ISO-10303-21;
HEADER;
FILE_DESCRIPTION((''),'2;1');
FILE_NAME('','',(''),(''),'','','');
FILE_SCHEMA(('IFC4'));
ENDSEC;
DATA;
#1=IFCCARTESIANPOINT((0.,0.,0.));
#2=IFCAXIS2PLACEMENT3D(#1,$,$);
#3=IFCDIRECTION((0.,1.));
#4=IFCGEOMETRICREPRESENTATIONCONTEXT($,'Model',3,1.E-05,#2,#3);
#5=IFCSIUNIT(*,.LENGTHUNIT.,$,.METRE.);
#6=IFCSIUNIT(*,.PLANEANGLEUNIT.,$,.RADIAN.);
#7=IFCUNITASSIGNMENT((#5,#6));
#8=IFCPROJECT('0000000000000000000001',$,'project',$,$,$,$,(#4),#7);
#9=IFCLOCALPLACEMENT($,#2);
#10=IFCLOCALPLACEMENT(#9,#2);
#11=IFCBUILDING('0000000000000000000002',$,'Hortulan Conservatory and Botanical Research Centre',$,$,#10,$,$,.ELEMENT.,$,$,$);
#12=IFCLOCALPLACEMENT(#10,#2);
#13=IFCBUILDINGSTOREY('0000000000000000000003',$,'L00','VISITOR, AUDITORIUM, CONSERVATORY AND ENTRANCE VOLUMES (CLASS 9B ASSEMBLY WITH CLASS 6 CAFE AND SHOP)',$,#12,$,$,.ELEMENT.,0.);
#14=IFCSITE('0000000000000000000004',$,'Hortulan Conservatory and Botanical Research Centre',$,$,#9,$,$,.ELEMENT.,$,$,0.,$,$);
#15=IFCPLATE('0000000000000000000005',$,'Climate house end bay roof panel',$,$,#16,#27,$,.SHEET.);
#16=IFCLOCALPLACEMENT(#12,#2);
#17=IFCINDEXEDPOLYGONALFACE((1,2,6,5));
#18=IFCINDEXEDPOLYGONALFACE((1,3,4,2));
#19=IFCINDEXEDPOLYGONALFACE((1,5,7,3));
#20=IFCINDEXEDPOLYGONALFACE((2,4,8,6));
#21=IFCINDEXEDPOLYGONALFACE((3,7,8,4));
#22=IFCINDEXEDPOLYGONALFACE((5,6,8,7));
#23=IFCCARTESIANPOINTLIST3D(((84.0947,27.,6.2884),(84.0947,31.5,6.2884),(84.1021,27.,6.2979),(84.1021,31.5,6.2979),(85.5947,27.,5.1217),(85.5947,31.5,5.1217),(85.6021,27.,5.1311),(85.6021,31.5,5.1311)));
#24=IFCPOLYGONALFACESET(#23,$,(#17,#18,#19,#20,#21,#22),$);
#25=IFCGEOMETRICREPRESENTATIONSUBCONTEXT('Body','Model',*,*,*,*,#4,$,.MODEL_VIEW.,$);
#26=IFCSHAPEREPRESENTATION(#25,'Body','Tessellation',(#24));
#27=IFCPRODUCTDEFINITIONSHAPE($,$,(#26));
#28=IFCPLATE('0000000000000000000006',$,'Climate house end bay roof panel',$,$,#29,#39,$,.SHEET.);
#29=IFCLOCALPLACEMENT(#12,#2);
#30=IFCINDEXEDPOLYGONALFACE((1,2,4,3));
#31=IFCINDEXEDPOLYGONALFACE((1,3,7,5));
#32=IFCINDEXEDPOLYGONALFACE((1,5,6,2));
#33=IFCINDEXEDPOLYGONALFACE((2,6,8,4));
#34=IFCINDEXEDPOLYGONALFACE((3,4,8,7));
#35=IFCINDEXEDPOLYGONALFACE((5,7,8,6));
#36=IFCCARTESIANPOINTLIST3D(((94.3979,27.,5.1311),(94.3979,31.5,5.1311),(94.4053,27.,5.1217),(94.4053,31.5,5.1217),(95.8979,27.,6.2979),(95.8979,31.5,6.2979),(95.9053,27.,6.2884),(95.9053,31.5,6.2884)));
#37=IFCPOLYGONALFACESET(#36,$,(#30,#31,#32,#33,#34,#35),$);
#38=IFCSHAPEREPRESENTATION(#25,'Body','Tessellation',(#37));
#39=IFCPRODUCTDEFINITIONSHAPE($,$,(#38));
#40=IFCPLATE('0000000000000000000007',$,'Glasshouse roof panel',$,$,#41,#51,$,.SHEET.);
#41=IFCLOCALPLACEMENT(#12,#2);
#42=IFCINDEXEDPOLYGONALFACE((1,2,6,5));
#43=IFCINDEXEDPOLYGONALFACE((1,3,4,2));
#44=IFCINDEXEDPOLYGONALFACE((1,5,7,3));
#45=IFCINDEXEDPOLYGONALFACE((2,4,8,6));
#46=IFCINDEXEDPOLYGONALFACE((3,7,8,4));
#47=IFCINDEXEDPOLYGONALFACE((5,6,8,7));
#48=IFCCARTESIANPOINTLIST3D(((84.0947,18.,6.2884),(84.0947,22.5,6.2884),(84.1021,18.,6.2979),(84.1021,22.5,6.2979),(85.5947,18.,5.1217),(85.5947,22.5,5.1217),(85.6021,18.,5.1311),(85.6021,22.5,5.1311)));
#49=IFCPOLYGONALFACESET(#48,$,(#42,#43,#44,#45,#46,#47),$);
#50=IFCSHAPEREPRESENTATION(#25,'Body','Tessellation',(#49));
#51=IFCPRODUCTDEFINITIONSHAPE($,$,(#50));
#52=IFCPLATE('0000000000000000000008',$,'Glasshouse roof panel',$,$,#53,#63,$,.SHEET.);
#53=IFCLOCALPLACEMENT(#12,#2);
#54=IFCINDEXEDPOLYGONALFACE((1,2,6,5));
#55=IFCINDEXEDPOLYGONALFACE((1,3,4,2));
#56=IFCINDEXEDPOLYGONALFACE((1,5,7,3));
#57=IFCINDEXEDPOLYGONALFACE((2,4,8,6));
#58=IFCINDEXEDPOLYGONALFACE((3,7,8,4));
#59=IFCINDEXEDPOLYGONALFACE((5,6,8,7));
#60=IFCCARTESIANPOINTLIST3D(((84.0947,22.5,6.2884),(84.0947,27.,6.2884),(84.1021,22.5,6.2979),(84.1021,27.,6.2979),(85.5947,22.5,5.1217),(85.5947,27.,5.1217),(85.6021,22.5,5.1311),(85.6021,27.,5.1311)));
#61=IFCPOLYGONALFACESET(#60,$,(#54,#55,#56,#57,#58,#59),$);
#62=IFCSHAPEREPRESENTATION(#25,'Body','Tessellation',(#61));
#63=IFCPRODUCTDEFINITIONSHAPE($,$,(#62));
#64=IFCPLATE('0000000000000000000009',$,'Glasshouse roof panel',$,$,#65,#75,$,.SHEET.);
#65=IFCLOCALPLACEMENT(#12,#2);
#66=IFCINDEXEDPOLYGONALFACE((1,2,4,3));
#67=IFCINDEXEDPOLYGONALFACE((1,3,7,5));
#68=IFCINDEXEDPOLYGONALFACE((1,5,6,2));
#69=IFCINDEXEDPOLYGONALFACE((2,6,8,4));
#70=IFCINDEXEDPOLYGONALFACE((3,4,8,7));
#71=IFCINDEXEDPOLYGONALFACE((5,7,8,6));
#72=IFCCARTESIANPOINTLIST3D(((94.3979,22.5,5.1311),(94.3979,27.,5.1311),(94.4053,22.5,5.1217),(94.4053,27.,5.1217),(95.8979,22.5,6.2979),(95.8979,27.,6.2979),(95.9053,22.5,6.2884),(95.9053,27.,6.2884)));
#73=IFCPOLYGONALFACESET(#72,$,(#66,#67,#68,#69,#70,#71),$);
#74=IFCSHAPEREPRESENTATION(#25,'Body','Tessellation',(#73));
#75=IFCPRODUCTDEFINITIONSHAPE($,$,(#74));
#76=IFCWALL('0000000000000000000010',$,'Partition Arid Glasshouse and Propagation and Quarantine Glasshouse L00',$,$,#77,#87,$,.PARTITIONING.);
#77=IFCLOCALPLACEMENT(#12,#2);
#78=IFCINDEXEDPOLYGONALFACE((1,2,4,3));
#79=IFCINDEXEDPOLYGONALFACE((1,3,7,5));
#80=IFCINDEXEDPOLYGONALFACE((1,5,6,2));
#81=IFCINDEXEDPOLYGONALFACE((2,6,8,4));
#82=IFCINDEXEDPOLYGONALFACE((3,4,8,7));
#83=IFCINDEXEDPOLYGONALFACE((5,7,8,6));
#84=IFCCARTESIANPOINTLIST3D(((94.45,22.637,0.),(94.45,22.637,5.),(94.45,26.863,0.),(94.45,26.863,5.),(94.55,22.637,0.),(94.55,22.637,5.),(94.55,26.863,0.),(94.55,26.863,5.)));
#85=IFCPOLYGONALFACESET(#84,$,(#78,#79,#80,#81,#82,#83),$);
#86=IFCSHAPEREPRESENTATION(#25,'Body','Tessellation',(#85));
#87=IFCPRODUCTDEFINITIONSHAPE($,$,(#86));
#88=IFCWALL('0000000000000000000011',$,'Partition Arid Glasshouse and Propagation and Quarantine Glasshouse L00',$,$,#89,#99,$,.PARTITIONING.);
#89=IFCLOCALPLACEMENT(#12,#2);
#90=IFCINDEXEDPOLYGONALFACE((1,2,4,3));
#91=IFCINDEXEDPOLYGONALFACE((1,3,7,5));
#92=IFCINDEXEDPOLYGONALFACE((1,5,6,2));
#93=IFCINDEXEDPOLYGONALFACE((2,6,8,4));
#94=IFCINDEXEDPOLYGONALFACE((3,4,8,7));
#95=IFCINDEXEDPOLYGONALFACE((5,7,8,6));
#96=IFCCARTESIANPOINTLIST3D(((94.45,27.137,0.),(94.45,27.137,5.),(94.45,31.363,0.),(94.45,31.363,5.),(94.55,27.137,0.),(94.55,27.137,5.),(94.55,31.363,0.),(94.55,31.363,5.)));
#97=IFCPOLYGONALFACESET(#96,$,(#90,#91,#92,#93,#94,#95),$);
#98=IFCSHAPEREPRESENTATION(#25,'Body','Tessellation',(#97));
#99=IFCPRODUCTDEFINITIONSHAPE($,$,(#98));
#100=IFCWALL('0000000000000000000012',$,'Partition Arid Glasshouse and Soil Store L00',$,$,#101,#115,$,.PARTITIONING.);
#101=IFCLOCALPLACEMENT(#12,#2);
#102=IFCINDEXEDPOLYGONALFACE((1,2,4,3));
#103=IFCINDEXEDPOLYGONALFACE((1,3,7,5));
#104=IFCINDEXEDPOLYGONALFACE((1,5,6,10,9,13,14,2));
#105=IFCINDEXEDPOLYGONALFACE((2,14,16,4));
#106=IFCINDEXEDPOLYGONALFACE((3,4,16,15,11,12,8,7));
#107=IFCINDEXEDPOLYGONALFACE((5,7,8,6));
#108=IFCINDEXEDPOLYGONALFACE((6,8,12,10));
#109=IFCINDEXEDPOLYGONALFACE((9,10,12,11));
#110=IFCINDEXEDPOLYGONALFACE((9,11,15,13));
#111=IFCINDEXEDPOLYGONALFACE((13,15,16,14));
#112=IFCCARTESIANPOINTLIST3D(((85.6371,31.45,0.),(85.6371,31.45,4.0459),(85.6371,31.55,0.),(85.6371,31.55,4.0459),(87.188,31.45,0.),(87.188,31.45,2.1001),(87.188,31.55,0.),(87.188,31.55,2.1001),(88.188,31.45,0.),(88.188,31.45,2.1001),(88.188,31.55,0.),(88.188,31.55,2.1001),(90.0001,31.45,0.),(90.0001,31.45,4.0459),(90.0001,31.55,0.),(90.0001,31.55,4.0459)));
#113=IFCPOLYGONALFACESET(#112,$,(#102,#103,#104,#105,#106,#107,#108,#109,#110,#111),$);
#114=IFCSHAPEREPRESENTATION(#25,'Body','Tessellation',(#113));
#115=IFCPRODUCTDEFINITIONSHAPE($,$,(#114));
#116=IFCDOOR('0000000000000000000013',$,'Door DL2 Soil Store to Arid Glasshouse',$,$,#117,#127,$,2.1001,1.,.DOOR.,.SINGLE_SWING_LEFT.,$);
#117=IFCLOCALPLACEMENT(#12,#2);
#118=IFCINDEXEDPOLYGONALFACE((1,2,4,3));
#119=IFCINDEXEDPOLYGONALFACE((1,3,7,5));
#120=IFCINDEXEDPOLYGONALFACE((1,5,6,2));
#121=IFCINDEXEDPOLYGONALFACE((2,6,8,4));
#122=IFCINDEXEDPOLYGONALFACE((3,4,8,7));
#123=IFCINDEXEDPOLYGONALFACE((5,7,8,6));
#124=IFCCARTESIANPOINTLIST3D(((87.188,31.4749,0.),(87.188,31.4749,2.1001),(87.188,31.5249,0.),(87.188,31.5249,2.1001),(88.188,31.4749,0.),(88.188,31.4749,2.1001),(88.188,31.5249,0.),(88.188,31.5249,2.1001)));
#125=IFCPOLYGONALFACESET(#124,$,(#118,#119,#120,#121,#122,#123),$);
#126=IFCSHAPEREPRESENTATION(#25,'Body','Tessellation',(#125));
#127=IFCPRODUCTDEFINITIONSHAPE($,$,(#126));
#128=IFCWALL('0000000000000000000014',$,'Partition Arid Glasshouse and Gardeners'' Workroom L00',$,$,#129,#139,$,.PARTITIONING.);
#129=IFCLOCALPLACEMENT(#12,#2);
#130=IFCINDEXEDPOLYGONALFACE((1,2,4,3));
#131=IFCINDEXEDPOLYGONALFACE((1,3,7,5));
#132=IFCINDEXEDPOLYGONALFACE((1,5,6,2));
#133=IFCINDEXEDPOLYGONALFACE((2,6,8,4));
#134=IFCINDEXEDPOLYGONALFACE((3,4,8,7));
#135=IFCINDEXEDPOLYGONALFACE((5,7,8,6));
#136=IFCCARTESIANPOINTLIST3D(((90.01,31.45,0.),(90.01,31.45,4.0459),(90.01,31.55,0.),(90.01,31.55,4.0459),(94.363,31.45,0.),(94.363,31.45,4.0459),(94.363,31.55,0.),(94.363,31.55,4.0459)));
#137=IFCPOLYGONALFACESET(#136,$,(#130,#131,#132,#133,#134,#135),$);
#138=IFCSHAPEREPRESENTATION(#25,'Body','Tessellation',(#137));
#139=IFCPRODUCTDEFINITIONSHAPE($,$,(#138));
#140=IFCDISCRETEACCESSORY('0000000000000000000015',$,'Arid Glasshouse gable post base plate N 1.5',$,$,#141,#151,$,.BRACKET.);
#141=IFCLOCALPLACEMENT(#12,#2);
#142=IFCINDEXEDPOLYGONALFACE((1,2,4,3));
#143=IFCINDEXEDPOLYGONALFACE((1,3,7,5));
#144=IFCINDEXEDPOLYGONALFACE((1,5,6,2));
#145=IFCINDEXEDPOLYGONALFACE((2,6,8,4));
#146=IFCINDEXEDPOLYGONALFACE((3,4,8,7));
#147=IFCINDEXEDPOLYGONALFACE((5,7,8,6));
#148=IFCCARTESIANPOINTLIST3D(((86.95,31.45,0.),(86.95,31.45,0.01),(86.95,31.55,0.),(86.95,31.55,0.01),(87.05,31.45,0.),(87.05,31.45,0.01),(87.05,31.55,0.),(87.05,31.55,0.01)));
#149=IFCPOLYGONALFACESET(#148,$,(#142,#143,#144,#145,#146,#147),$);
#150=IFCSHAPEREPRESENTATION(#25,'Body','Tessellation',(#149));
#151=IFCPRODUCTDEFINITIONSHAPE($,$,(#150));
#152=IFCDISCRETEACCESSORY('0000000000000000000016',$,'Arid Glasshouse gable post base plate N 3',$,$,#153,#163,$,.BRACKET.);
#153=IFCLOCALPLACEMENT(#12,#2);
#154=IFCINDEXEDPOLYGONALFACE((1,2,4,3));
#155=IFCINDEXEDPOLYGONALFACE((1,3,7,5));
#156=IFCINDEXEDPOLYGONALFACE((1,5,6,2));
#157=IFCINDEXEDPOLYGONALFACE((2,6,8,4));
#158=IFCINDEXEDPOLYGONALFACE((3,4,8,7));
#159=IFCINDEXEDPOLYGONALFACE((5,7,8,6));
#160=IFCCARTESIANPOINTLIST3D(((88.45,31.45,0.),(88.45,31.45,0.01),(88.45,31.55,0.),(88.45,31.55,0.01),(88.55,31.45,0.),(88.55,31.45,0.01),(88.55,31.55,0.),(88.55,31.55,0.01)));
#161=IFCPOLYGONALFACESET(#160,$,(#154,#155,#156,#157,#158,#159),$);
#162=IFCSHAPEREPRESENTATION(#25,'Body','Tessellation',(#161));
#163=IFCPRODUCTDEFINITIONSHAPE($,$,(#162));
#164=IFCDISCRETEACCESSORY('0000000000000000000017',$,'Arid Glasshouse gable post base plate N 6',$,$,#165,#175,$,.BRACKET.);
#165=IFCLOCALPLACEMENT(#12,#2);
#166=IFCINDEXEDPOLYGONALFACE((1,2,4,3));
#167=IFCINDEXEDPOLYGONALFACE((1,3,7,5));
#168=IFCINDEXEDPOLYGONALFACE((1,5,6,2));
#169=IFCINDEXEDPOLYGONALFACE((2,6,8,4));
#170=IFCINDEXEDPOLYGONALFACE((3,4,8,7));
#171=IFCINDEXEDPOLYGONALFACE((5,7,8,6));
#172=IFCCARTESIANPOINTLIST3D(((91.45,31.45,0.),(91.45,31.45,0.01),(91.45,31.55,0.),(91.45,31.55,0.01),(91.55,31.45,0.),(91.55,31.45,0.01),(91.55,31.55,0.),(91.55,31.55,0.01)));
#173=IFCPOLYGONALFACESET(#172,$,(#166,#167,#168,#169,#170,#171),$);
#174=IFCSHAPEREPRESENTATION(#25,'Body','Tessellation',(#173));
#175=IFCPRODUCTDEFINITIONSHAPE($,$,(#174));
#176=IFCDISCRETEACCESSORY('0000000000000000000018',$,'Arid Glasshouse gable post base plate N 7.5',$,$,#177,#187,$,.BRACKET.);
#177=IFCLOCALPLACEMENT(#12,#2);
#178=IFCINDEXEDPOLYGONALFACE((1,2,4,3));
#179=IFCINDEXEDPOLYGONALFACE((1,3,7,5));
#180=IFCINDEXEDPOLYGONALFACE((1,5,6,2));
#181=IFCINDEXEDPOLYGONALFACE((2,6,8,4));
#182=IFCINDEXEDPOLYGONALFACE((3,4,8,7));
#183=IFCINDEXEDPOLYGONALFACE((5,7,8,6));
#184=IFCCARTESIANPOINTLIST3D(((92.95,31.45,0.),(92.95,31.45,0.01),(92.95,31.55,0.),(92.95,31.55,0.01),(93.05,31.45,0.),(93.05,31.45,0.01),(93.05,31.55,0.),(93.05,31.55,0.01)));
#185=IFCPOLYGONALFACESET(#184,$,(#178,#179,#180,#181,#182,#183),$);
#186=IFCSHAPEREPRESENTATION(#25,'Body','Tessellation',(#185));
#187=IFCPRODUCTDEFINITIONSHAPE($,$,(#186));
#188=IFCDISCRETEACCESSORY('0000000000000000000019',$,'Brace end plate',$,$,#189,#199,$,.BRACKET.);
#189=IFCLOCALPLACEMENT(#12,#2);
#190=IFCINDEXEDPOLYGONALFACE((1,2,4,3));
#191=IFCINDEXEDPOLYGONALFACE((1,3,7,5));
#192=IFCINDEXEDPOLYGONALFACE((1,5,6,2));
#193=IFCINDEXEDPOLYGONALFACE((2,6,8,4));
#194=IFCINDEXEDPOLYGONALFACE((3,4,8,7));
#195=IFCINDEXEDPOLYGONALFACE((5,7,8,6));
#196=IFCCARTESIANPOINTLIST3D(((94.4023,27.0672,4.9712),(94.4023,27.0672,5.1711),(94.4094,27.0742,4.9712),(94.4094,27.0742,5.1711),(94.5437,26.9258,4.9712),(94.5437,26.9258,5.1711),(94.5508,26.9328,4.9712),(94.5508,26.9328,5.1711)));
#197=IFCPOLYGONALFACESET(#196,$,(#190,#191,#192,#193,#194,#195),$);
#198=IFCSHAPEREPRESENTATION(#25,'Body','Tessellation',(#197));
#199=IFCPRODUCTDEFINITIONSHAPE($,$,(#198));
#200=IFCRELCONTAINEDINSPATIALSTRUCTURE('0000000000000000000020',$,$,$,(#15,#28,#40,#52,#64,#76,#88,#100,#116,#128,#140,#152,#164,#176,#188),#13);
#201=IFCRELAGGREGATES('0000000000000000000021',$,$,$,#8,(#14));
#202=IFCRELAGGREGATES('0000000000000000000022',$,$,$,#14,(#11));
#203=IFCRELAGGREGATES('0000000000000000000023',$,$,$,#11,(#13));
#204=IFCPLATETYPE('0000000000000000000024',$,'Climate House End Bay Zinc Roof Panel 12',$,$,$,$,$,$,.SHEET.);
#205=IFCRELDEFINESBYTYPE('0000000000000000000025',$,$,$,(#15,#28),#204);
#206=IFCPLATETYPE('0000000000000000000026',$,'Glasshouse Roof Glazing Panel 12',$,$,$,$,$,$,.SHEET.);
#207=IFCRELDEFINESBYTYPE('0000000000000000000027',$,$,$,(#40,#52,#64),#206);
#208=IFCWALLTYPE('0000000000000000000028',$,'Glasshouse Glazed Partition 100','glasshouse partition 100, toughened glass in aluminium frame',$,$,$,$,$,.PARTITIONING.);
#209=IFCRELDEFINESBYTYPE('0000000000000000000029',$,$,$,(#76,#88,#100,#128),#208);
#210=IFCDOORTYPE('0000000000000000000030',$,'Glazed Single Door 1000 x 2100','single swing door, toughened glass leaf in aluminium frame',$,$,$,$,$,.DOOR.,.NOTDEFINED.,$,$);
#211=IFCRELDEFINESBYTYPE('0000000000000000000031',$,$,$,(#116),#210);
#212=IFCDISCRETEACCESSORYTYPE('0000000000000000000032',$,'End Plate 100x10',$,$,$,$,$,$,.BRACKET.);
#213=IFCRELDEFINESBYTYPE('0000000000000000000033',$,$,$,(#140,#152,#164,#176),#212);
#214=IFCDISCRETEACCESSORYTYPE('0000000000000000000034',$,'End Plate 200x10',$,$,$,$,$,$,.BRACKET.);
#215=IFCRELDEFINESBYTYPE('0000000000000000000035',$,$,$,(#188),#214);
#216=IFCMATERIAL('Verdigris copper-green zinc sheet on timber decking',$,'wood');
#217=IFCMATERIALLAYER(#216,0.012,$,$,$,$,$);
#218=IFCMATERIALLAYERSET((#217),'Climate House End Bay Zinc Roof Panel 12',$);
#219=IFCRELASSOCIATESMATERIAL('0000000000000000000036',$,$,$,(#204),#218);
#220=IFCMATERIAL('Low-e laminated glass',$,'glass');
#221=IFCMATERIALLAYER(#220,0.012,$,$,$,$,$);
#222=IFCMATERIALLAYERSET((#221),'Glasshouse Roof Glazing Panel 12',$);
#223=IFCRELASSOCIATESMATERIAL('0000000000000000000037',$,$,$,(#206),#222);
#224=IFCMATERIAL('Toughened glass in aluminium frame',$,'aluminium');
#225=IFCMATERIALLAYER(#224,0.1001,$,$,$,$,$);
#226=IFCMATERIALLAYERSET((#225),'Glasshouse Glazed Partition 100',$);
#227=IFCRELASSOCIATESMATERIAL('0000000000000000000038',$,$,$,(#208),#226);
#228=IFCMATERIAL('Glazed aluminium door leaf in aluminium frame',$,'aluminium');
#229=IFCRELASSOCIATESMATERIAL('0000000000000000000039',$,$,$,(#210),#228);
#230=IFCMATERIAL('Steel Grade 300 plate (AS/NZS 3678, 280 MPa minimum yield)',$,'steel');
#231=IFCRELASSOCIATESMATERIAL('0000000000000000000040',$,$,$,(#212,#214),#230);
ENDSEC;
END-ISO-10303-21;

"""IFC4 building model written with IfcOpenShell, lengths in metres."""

from ifc_helpers import new_model, si_unit, direction, frame, frame_2d, origin, origin_2d, place, context, subcontext, project, spatial, polyline, rectangle, outline, extrude, material, layer, layer_set, type_object, element, fill, save


model = new_model("IFC4")

# Units and contexts
model_context = context("Model", 3, precision=1e-05, world=origin(), true_north=direction((0.0, 1.0)))
body_context = subcontext(model_context, "Body", "Model", "MODEL_VIEW")
ifc_project = project(units=[si_unit("LENGTHUNIT", "METRE"), si_unit("PLANEANGLEUNIT", "RADIAN")], contexts=[model_context])

# Site, building, storey
site_placement = place(None, origin())
site = spatial("IfcSite", under=ifc_project, at=site_placement, Name="Hortulan Conservatory and Botanical Research Centre", CompositionType="ELEMENT", RefElevation=0.0)
building_placement = place(site_placement, origin())
building = spatial("IfcBuilding", under=site, at=building_placement, Name="Hortulan Conservatory and Botanical Research Centre", CompositionType="ELEMENT")
storey_placement = place(building_placement, origin())
storey = spatial("IfcBuildingStorey", under=building, at=storey_placement, Name="L00", Description="VISITOR, AUDITORIUM, CONSERVATORY AND ENTRANCE VOLUMES (CLASS 9B ASSEMBLY WITH CLASS 6 CAFE AND SHOP)", CompositionType="ELEMENT", Elevation=0.0)

# Plates
ifc_material_1 = material(Name="Verdigris copper-green zinc sheet on timber decking", Category="wood")
ifc_layer_1 = layer(ifc_material_1, 0.012)
ifc_layer_set_1 = layer_set([ifc_layer_1], Name="Climate House End Bay Zinc Roof Panel 12")
plate_type_1 = type_object("IfcPlateType", Name="Climate House End Bay Zinc Roof Panel 12", PredefinedType="SHEET", material=ifc_layer_set_1)
for number, where, z_axis, x_axis, name in (
    (1, (85.6021, 31.5, 5.1311), (0.613967, 0.0, 0.789331), (-0.789331, 0.0, 0.613967), "Climate house end bay roof panel"),
    (2, (94.3979, 27.0, 5.1311), (-0.613967, 0.0, 0.789331), (0.789331, 0.0, 0.613967), "Climate house end bay roof panel"),
):
    element("IfcPlate", number, at=place(storey_placement, frame(where, z_axis=z_axis, x_axis=x_axis)), inside=storey, type_object=plate_type_1, Name=name, PredefinedType="SHEET", context=body_context, shape_type="SweptSolid", body=[
        extrude(outline(polyline([(0.0, 0.0), (1.9003, 0.0), (1.9003, 4.5), (0.0, 4.5), (0.0, 0.0)])), origin(), (0.0, 0.0, -1.0), 0.012),
    ])
ifc_material_2 = material(Name="Low-e laminated glass", Category="glass")
ifc_layer_2 = layer(ifc_material_2, 0.012)
ifc_layer_set_2 = layer_set([ifc_layer_2], Name="Glasshouse Roof Glazing Panel 12")
plate_type_2 = type_object("IfcPlateType", Name="Glasshouse Roof Glazing Panel 12", PredefinedType="SHEET", material=ifc_layer_set_2)
for number, where, z_axis, x_axis, name in (
    (3, (85.6021, 22.5, 5.1311), (0.613967, 0.0, 0.789331), (-0.789331, 0.0, 0.613967), "Glasshouse roof panel"),
    (4, (85.6021, 27.0, 5.1311), (0.613967, 0.0, 0.789331), (-0.789331, 0.0, 0.613967), "Glasshouse roof panel"),
    (5, (94.3979, 22.5, 5.1311), (-0.613967, 0.0, 0.789331), (0.789331, 0.0, 0.613967), "Glasshouse roof panel"),
):
    element("IfcPlate", number, at=place(storey_placement, frame(where, z_axis=z_axis, x_axis=x_axis)), inside=storey, type_object=plate_type_2, Name=name, PredefinedType="SHEET", context=body_context, shape_type="SweptSolid", body=[
        extrude(outline(polyline([(0.0, 0.0), (1.9003, 0.0), (1.9003, 4.5), (0.0, 4.5), (0.0, 0.0)])), origin(), (0.0, 0.0, -1.0), 0.012),
    ])

# Walls
ifc_material_3 = material(Name="Toughened glass in aluminium frame", Category="aluminium")
ifc_layer_3 = layer(ifc_material_3, 0.1001)
ifc_layer_set_3 = layer_set([ifc_layer_3], Name="Glasshouse Glazed Partition 100")
wall_type = type_object("IfcWallType", Name="Glasshouse Glazed Partition 100", Description="glasshouse partition 100, toughened glass in aluminium frame", PredefinedType="PARTITIONING", material=ifc_layer_set_3)
for number, where, z_axis, x_axis, name in (
    (6, (94.5, 22.637, 0.0), (0.0, 0.0, 1.0), (0.0, 1.0, 0.0), "Partition Arid Glasshouse and Propagation and Quarantine Glasshouse L00"),
    (7, (94.5, 27.137, 0.0), (0.0, 0.0, 1.0), (0.0, 1.0, 0.0), "Partition Arid Glasshouse and Propagation and Quarantine Glasshouse L00"),
):
    element("IfcWall", number, at=place(storey_placement, frame(where, z_axis=z_axis, x_axis=x_axis)), inside=storey, type_object=wall_type, Name=name, PredefinedType="PARTITIONING", context=body_context, shape_type="SweptSolid", body=[
        extrude(rectangle(XDim=4.2261, YDim=0.1001, at=frame_2d((2.113, 0.0))), origin(), (0.0, 0.0, 1.0), 5.0),
    ])

# Wall, opening, door
wall_1_placement = place(storey_placement, frame((85.637, 31.5, 0.0), z_axis=(0.0, 0.0, 1.0), x_axis=(1.0, 0.0, 0.0)))
wall_1 = element("IfcWall", 8, at=wall_1_placement, inside=storey, type_object=wall_type, Name="Partition Arid Glasshouse and Soil Store L00", PredefinedType="PARTITIONING", context=body_context, shape_type="SweptSolid", body=[
    extrude(rectangle(XDim=4.363, YDim=0.1001, at=frame_2d((2.1816, 0.0))), origin(), (0.0, 0.0, 1.0), 4.0459),
])
opening_placement = place(wall_1_placement, frame((1.551, 0.0, 0.0)))
opening = element("IfcOpeningElement", 9, at=opening_placement, cuts=wall_1, PredefinedType="OPENING", context=body_context, shape_type="SweptSolid", body=[
    extrude(rectangle(XDim=1.0, YDim=2.1001, at=frame_2d((0.5, 1.05))), frame((0.0, 0.0601, 0.0), z_axis=(0.0, -1.0, 0.0), x_axis=(1.0, 0.0, 0.0)), (0.0, 0.0, 1.0), 0.1201),
])
ifc_material_4 = material(Name="Glazed aluminium door leaf in aluminium frame", Category="aluminium")
door_type = type_object("IfcDoorType", Name="Glazed Single Door 1000 x 2100", Description="single swing door, toughened glass leaf in aluminium frame", OperationType="NOTDEFINED", PredefinedType="DOOR", material=ifc_material_4)
door_placement = place(opening_placement, origin())
door = element("IfcDoor", 10, at=door_placement, inside=storey, type_object=door_type, Name="Door DL2 Soil Store to Arid Glasshouse", OperationType="SINGLE_SWING_LEFT", OverallHeight=2.1001, OverallWidth=1.0, PredefinedType="DOOR", context=body_context, shape_type="SweptSolid", body=[
    extrude(rectangle(XDim=1.0, YDim=2.1001, at=frame_2d((0.5, 1.05))), frame((0.0, 0.0249, 0.0), z_axis=(0.0, -1.0, 0.0), x_axis=(1.0, 0.0, 0.0)), (0.0, 0.0, 1.0), 0.05),
])
fill(opening, door)

# Wall
wall_2_placement = place(storey_placement, frame((90.01, 31.5, 0.0), z_axis=(0.0, 0.0, 1.0), x_axis=(1.0, 0.0, 0.0)))
element("IfcWall", 11, at=wall_2_placement, inside=storey, type_object=wall_type, Name="Partition Arid Glasshouse and Gardeners' Workroom L00", PredefinedType="PARTITIONING", context=body_context, shape_type="SweptSolid", body=[
    extrude(rectangle(XDim=4.353, YDim=0.1001, at=frame_2d((2.1765, 0.0))), origin(), (0.0, 0.0, 1.0), 4.0459),
])

# Discrete accessories
ifc_material_5 = material(Name="Steel Grade 300 plate (AS/NZS 3678, 280 MPa minimum yield)", Category="steel")
discrete_accessory_type_1 = type_object("IfcDiscreteAccessoryType", Name="End Plate 100x10", PredefinedType="BRACKET", material=ifc_material_5)
for number, where, z_axis, x_axis, name in (
    (12, (87.0, 31.5, 0.0), (0.0, 0.0, 1.0), (1.0, 0.0, 0.0), "Arid Glasshouse gable post base plate N 1.5"),
    (13, (88.5, 31.5, 0.0), (0.0, 0.0, 1.0), (1.0, 0.0, 0.0), "Arid Glasshouse gable post base plate N 3"),
    (14, (91.5, 31.5, 0.0), (0.0, 0.0, 1.0), (1.0, 0.0, 0.0), "Arid Glasshouse gable post base plate N 6"),
    (15, (93.0, 31.5, 0.0), (0.0, 0.0, 1.0), (1.0, 0.0, 0.0), "Arid Glasshouse gable post base plate N 7.5"),
):
    element("IfcDiscreteAccessory", number, at=place(storey_placement, frame(where, z_axis=z_axis, x_axis=x_axis)), inside=storey, type_object=discrete_accessory_type_1, Name=name, PredefinedType="BRACKET", context=body_context, shape_type="SweptSolid", body=[
        extrude(rectangle(XDim=0.1001, YDim=0.1001, at=origin_2d()), origin(), (0.0, 0.0, 1.0), 0.01),
    ])
discrete_accessory_type_2 = type_object("IfcDiscreteAccessoryType", Name="End Plate 200x10", PredefinedType="BRACKET", material=ifc_material_5)
discrete_accessory_placement = place(storey_placement, frame((94.4766, 27.0, 4.9712), z_axis=(0.0, 0.0, 1.0), x_axis=(0.707107, -0.707107, 0.0)))
element("IfcDiscreteAccessory", 16, at=discrete_accessory_placement, inside=storey, type_object=discrete_accessory_type_2, Name="Brace end plate", PredefinedType="BRACKET", context=body_context, shape_type="SweptSolid", body=[
    extrude(rectangle(XDim=0.2, YDim=0.01, at=origin_2d()), origin(), (0.0, 0.0, 1.0), 0.2),
])

save(model, "model.ifc")
